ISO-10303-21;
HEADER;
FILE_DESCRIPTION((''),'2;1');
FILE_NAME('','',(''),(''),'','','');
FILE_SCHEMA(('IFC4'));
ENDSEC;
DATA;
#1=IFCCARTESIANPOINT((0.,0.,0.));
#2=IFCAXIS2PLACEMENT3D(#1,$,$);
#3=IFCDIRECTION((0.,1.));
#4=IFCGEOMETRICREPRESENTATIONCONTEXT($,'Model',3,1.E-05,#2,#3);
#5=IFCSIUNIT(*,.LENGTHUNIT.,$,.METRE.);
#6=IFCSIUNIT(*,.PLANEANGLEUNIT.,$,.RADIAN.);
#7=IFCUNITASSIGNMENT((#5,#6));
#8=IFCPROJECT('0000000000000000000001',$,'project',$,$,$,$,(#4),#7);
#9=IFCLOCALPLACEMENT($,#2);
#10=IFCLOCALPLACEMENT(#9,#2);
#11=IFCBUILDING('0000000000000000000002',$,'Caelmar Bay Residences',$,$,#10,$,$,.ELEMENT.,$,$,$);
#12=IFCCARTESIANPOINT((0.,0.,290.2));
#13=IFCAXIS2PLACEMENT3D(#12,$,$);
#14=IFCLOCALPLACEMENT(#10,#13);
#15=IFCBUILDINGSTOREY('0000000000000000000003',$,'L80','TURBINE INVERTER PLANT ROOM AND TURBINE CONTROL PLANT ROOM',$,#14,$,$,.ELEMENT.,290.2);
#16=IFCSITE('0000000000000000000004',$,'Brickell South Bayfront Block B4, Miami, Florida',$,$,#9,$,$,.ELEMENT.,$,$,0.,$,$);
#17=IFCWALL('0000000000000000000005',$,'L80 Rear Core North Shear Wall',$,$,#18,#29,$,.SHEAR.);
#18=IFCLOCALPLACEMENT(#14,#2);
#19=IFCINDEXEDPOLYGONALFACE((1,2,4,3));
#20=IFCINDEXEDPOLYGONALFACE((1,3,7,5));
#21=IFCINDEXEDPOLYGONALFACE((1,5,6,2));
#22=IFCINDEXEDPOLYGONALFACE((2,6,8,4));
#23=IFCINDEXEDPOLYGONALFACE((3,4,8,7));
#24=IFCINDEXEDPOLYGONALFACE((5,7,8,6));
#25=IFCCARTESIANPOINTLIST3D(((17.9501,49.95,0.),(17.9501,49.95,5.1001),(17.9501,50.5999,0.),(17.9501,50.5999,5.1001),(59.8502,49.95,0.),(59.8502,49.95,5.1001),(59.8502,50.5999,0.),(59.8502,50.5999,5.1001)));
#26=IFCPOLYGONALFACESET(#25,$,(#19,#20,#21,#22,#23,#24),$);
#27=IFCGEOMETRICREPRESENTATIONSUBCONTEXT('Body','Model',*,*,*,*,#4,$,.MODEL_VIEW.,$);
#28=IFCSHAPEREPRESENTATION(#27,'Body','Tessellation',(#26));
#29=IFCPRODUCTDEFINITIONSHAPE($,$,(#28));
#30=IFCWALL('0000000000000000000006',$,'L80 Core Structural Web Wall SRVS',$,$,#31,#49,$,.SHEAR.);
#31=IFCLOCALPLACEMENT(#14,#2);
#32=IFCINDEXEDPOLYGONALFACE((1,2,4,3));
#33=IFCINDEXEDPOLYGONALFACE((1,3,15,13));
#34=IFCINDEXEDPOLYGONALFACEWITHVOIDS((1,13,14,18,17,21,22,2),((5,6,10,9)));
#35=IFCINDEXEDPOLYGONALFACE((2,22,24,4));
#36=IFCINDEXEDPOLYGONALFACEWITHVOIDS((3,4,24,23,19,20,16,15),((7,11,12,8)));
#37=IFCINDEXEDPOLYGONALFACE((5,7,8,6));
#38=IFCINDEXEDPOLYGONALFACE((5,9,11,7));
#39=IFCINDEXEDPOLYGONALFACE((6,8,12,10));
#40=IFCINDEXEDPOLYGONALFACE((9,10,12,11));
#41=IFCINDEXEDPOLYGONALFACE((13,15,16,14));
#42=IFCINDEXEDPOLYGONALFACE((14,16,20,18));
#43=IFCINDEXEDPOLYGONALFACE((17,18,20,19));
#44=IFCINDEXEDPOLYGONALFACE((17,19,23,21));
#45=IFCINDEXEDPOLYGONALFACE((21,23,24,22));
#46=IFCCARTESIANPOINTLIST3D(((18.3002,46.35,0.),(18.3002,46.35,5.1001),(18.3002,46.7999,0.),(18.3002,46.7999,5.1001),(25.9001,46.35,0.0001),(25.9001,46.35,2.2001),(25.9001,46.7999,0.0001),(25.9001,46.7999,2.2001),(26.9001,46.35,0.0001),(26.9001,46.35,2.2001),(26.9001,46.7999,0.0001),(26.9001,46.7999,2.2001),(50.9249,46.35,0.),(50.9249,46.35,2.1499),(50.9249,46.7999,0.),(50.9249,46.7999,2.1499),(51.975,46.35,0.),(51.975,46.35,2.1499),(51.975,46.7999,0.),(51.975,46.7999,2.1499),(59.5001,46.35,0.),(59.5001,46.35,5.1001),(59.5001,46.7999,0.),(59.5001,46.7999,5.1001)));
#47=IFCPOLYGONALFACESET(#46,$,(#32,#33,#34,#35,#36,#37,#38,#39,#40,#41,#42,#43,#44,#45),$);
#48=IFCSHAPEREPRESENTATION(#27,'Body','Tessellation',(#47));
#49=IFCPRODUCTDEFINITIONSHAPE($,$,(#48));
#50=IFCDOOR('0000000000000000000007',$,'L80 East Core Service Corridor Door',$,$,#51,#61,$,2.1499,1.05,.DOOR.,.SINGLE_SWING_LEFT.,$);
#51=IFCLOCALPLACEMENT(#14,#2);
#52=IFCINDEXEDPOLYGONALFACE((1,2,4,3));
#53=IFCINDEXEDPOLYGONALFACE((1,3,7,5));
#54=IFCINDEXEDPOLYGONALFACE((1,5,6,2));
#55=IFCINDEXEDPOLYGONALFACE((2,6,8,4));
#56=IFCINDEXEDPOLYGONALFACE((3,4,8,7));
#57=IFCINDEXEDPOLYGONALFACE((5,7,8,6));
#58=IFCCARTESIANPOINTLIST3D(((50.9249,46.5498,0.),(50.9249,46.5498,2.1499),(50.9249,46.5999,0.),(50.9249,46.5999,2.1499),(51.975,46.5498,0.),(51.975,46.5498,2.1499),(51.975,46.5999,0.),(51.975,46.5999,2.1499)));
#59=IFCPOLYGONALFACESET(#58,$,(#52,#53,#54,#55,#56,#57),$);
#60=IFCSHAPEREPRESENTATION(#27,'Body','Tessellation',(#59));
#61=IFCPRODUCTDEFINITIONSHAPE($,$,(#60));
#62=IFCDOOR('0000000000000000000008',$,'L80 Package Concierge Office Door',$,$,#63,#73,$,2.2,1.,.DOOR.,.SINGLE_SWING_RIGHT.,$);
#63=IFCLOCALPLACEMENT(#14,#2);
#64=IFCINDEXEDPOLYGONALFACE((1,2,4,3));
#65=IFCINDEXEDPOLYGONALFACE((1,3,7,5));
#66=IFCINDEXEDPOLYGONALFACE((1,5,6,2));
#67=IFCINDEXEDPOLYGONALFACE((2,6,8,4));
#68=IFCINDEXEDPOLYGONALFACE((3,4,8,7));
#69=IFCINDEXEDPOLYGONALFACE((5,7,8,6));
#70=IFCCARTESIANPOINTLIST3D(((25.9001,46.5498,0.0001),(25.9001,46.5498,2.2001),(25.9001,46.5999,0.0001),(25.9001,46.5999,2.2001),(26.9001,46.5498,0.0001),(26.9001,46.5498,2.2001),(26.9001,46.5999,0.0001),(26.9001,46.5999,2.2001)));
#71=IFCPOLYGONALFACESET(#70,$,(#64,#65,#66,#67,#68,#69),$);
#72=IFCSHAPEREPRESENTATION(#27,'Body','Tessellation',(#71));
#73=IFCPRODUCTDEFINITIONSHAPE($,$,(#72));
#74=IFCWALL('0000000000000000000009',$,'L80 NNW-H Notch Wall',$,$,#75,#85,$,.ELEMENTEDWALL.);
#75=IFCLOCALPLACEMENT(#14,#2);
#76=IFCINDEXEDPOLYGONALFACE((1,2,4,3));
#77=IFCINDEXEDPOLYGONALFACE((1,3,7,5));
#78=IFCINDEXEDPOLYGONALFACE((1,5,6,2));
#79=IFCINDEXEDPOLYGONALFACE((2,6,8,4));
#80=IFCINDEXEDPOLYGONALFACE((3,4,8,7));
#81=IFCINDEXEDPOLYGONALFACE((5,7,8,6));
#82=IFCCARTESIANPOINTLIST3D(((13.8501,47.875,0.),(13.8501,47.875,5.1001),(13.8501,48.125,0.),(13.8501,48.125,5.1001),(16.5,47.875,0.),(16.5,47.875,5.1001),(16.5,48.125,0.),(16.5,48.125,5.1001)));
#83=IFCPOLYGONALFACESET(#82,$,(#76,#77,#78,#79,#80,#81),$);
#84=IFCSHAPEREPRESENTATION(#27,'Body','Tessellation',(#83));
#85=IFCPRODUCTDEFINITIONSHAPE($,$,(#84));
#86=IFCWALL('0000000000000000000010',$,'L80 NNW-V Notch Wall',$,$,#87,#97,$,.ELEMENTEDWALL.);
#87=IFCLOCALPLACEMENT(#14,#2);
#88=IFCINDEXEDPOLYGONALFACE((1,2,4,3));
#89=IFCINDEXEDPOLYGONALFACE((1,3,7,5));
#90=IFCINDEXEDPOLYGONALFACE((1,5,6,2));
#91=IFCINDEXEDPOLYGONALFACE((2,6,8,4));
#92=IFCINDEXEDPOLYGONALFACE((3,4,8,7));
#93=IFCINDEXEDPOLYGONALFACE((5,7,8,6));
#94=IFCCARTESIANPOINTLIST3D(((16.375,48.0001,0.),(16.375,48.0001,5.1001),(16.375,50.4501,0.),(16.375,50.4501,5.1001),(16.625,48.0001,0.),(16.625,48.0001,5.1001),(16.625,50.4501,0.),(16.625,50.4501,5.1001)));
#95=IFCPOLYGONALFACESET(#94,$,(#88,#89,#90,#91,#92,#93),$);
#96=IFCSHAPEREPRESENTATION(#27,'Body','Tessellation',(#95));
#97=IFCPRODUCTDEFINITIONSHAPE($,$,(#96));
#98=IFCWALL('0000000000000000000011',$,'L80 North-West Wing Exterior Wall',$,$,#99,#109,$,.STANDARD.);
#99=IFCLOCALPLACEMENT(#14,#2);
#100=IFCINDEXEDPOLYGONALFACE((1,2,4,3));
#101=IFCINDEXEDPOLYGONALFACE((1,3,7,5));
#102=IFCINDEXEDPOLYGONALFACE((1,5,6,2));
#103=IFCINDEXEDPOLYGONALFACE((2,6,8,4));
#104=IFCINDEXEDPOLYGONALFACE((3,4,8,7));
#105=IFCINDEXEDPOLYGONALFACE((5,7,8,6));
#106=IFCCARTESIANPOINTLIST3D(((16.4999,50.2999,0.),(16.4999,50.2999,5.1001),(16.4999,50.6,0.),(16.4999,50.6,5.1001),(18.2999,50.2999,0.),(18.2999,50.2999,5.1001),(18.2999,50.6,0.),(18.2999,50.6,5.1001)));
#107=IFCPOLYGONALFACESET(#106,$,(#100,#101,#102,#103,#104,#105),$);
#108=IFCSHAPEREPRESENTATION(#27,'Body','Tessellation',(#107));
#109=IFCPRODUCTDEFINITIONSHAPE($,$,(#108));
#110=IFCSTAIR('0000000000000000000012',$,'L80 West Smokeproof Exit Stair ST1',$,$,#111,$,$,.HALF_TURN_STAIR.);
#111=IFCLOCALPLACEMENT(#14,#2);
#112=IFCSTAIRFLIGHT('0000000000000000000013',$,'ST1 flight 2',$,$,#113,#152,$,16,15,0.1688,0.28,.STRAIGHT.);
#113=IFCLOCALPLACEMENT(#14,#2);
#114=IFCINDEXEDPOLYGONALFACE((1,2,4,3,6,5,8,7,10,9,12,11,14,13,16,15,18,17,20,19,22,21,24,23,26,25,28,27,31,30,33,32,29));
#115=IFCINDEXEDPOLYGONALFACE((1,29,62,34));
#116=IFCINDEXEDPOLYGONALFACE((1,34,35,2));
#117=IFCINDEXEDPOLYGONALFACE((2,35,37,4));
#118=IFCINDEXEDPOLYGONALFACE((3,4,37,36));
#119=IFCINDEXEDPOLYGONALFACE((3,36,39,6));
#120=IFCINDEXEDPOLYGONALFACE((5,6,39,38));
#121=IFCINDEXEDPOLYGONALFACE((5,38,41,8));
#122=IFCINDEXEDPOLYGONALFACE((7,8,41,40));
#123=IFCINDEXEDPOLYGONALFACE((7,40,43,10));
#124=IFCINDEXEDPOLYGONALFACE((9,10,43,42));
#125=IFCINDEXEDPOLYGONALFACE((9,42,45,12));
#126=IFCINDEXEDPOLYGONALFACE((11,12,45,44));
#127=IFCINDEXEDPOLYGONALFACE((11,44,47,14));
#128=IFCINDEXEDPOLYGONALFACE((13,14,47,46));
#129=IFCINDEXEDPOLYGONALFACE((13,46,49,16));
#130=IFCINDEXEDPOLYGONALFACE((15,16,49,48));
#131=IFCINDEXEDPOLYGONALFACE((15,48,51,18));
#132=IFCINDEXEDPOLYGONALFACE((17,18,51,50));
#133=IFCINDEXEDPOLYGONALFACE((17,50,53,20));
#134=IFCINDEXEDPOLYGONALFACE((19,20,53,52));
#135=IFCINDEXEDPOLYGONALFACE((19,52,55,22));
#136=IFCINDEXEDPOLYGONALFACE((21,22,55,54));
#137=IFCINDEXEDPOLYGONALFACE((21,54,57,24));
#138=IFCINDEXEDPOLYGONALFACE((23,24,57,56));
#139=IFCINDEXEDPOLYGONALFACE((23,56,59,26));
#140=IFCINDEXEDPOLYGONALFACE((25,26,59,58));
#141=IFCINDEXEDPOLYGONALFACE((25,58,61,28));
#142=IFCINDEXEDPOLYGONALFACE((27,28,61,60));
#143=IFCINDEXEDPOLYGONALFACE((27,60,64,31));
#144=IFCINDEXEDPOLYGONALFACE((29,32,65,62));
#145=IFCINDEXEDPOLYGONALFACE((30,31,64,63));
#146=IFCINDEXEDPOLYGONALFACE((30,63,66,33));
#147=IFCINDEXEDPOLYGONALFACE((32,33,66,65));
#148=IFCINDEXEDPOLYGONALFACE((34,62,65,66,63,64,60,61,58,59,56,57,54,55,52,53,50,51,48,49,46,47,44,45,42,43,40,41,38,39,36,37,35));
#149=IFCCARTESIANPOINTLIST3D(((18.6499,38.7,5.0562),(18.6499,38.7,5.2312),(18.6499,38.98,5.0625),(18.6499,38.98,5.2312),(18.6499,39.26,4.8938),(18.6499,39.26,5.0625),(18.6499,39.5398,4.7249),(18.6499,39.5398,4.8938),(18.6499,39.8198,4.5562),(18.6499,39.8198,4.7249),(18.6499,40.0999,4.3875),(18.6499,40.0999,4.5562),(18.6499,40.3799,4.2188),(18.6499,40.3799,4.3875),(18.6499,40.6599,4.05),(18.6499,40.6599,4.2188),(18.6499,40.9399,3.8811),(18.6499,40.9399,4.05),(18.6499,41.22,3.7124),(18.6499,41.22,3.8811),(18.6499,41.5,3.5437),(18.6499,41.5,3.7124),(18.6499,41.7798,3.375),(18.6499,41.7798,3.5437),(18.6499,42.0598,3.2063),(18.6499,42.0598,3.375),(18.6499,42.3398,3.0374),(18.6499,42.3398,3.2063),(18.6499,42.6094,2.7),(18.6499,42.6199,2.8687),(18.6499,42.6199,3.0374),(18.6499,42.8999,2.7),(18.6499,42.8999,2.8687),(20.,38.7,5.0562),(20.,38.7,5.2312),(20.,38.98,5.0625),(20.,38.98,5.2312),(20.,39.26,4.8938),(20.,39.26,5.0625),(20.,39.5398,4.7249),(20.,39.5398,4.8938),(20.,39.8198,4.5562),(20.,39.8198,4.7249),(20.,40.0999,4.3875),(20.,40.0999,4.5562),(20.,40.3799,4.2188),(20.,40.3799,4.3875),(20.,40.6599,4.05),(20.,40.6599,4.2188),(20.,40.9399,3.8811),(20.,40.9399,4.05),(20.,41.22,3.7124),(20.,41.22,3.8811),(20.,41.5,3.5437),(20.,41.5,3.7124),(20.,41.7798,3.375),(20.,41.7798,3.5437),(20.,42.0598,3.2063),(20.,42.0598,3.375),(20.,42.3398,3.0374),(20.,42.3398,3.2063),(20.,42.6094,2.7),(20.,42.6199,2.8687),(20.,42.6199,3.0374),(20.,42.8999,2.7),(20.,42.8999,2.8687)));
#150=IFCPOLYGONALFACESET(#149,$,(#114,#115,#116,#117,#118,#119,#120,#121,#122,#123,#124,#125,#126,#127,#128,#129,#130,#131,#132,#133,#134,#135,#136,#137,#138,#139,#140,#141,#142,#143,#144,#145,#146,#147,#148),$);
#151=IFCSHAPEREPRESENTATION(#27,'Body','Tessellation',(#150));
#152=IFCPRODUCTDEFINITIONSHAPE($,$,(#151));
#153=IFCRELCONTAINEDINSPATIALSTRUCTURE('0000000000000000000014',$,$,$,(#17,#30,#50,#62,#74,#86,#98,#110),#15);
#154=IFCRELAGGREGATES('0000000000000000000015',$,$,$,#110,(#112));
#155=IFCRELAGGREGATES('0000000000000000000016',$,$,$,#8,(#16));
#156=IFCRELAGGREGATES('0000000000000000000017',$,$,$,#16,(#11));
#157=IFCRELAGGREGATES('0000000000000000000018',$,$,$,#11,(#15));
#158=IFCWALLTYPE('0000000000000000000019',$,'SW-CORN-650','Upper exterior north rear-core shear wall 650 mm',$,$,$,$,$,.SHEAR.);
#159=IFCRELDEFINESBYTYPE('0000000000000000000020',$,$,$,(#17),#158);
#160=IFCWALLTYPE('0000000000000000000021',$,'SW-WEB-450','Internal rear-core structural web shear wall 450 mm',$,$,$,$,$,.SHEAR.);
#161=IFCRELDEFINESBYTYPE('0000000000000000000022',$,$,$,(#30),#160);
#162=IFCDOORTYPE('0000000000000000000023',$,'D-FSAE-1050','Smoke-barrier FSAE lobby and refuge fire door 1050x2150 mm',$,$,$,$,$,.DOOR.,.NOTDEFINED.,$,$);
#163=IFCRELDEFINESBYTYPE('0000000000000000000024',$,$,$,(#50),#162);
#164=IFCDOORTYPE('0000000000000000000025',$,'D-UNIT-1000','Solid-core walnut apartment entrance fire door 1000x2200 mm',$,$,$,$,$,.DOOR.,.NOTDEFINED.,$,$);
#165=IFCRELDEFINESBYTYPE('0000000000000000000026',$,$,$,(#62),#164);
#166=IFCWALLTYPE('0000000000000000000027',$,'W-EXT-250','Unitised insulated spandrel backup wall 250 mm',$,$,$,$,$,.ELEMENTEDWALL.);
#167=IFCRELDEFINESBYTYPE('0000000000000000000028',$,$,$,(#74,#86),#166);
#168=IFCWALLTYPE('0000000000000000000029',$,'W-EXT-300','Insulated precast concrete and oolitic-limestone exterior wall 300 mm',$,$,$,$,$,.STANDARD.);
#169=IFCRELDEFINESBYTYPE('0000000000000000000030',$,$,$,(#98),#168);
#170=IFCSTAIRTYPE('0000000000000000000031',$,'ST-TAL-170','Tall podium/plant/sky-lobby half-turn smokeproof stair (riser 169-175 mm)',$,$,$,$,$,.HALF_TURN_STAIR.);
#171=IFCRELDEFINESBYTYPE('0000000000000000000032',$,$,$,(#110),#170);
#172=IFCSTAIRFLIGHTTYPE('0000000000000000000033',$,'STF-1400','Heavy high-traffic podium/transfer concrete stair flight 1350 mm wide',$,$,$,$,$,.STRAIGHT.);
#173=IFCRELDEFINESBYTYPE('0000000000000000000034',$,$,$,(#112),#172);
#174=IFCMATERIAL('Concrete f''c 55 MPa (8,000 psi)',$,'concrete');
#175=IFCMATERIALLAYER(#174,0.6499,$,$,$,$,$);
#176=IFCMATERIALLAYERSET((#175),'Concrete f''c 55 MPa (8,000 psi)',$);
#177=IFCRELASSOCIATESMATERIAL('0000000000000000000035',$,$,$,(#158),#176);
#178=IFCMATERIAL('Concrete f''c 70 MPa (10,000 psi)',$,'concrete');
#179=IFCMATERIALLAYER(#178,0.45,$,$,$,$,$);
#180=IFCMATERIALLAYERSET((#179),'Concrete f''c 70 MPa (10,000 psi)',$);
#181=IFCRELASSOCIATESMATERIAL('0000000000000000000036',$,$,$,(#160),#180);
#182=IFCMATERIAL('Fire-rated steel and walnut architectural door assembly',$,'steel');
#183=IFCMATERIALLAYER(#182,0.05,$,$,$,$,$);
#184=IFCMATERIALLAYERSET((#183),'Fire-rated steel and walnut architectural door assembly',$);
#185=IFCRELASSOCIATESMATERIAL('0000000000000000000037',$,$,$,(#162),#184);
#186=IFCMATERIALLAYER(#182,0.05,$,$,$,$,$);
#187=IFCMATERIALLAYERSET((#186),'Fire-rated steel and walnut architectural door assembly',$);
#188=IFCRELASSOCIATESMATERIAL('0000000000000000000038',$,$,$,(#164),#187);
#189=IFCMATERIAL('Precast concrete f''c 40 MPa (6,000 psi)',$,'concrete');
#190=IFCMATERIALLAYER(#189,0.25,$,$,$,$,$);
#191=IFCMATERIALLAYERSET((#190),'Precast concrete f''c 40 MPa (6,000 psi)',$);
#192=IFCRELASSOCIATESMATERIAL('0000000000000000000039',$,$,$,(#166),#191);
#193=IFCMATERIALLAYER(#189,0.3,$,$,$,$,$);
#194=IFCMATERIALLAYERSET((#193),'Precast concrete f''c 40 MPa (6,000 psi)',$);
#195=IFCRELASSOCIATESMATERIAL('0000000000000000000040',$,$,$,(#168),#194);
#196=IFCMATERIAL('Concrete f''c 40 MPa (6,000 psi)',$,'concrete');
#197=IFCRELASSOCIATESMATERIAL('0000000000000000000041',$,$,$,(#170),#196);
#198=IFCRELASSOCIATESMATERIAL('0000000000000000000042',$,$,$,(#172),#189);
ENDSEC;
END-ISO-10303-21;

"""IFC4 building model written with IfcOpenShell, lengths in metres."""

from ifc_helpers import new_model, si_unit, direction, frame, frame_2d, origin, place, context, subcontext, project, spatial, polyline, rectangle, outline, extrude, material, layer, layer_set, type_object, element, fill, aggregate, save


model = new_model("IFC4")

# Units and contexts
model_context = context("Model", 3, precision=1e-05, world=origin(), true_north=direction((0.0, 1.0)))
body_context = subcontext(model_context, "Body", "Model", "MODEL_VIEW")
ifc_project = project(units=[si_unit("LENGTHUNIT", "METRE"), si_unit("PLANEANGLEUNIT", "RADIAN")], contexts=[model_context])

# Site, building, storey
site_placement = place(None, origin())
site = spatial("IfcSite", under=ifc_project, at=site_placement, Name="Brickell South Bayfront Block B4, Miami, Florida", CompositionType="ELEMENT", RefElevation=0.0)
building_placement = place(site_placement, origin())
building = spatial("IfcBuilding", under=site, at=building_placement, Name="Caelmar Bay Residences", CompositionType="ELEMENT")
storey_placement = place(building_placement, frame((0.0, 0.0, 290.2)))
storey = spatial("IfcBuildingStorey", under=building, at=storey_placement, Name="L80", Description="TURBINE INVERTER PLANT ROOM AND TURBINE CONTROL PLANT ROOM", CompositionType="ELEMENT", Elevation=290.2)

# Wall
ifc_material_1 = material(Name="Concrete f'c 55 MPa (8,000 psi)", Category="concrete")
ifc_layer_1 = layer(ifc_material_1, 0.6499)
ifc_layer_set_1 = layer_set([ifc_layer_1], Name="Concrete f'c 55 MPa (8,000 psi)")
wall_type_1 = type_object("IfcWallType", Name="SW-CORN-650", Description="Upper exterior north rear-core shear wall 650 mm", PredefinedType="SHEAR", material=ifc_layer_set_1)
wall_1_placement = place(storey_placement, frame((17.95, 50.2749, 0.0), z_axis=(0.0, 0.0, 1.0), x_axis=(1.0, 0.0, 0.0)))
element("IfcWall", 1, at=wall_1_placement, inside=storey, type_object=wall_type_1, Name="L80 Rear Core North Shear Wall", PredefinedType="SHEAR", context=body_context, shape_type="SweptSolid", body=[
    extrude(rectangle(XDim=41.9001, YDim=0.6499, at=frame_2d((20.9502, 0.0))), origin(), (0.0, 0.0, 1.0), 5.1001),
])

# Wall, openings, doors
ifc_material_2 = material(Name="Concrete f'c 70 MPa (10,000 psi)", Category="concrete")
ifc_layer_2 = layer(ifc_material_2, 0.45)
ifc_layer_set_2 = layer_set([ifc_layer_2], Name="Concrete f'c 70 MPa (10,000 psi)")
wall_type_2 = type_object("IfcWallType", Name="SW-WEB-450", Description="Internal rear-core structural web shear wall 450 mm", PredefinedType="SHEAR", material=ifc_layer_set_2)
wall_2_placement = place(storey_placement, frame((18.3, 46.575, 0.0), z_axis=(0.0, 0.0, 1.0), x_axis=(1.0, 0.0, 0.0)))
wall_2 = element("IfcWall", 2, at=wall_2_placement, inside=storey, type_object=wall_type_2, Name="L80 Core Structural Web Wall SRVS", PredefinedType="SHEAR", context=body_context, shape_type="SweptSolid", body=[
    extrude(rectangle(XDim=41.2, YDim=0.45, at=frame_2d((20.6001, 0.0))), origin(), (0.0, 0.0, 1.0), 5.1001),
])
opening_1_placement = place(wall_2_placement, frame((7.6001, 0.0, 0.0)))
opening_1 = element("IfcOpeningElement", 3, at=opening_1_placement, cuts=wall_2, PredefinedType="OPENING", context=body_context, shape_type="SweptSolid", body=[
    extrude(rectangle(XDim=1.0, YDim=2.2, at=frame_2d((0.5, 1.1001))), frame((0.0, 0.2349, 0.0), z_axis=(0.0, -1.0, 0.0), x_axis=(1.0, 0.0, 0.0)), (0.0, 0.0, 1.0), 0.47),
])
opening_2_placement = place(wall_2_placement, frame((32.625, 0.0, 0.0)))
opening_2 = element("IfcOpeningElement", 4, at=opening_2_placement, cuts=wall_2, PredefinedType="OPENING", context=body_context, shape_type="SweptSolid", body=[
    extrude(rectangle(XDim=1.05, YDim=2.1499, at=frame_2d((0.5249, 1.075))), frame((0.0, 0.2349, 0.0), z_axis=(0.0, -1.0, 0.0), x_axis=(1.0, 0.0, 0.0)), (0.0, 0.0, 1.0), 0.47),
])
ifc_material_3 = material(Name="Fire-rated steel and walnut architectural door assembly", Category="steel")
ifc_layer_3 = layer(ifc_material_3, 0.05)
ifc_layer_set_3 = layer_set([ifc_layer_3], Name="Fire-rated steel and walnut architectural door assembly")
door_type_1 = type_object("IfcDoorType", Name="D-FSAE-1050", Description="Smoke-barrier FSAE lobby and refuge fire door 1050x2150 mm", OperationType="NOTDEFINED", PredefinedType="DOOR", material=ifc_layer_set_3)
door_1_placement = place(opening_2_placement, origin())
door_1 = element("IfcDoor", 5, at=door_1_placement, inside=storey, type_object=door_type_1, Name="L80 East Core Service Corridor Door", OperationType="SINGLE_SWING_LEFT", OverallHeight=2.1499, OverallWidth=1.05, PredefinedType="DOOR", context=body_context, shape_type="SweptSolid", body=[
    extrude(rectangle(XDim=1.05, YDim=2.1499, at=frame_2d((0.5249, 1.075))), frame((0.0, 0.0249, 0.0), z_axis=(0.0, -1.0, 0.0), x_axis=(1.0, 0.0, 0.0)), (0.0, 0.0, 1.0), 0.05),
])
fill(opening_2, door_1)
ifc_layer_4 = layer(ifc_material_3, 0.05)
ifc_layer_set_4 = layer_set([ifc_layer_4], Name="Fire-rated steel and walnut architectural door assembly")
door_type_2 = type_object("IfcDoorType", Name="D-UNIT-1000", Description="Solid-core walnut apartment entrance fire door 1000x2200 mm", OperationType="NOTDEFINED", PredefinedType="DOOR", material=ifc_layer_set_4)
door_2_placement = place(opening_1_placement, origin())
door_2 = element("IfcDoor", 6, at=door_2_placement, inside=storey, type_object=door_type_2, Name="L80 Package Concierge Office Door", OperationType="SINGLE_SWING_RIGHT", OverallHeight=2.2, OverallWidth=1.0, PredefinedType="DOOR", context=body_context, shape_type="SweptSolid", body=[
    extrude(rectangle(XDim=1.0, YDim=2.2, at=frame_2d((0.5, 1.1001))), frame((0.0, 0.0249, 0.0), z_axis=(0.0, -1.0, 0.0), x_axis=(1.0, 0.0, 0.0)), (0.0, 0.0, 1.0), 0.05),
])
fill(opening_1, door_2)

# Walls
ifc_material_4 = material(Name="Precast concrete f'c 40 MPa (6,000 psi)", Category="concrete")
ifc_layer_5 = layer(ifc_material_4, 0.25)
ifc_layer_set_5 = layer_set([ifc_layer_5], Name="Precast concrete f'c 40 MPa (6,000 psi)")
wall_type_3 = type_object("IfcWallType", Name="W-EXT-250", Description="Unitised insulated spandrel backup wall 250 mm", PredefinedType="ELEMENTEDWALL", material=ifc_layer_set_5)
wall_3_placement = place(storey_placement, frame((13.8501, 48.0, 0.0), z_axis=(0.0, 0.0, 1.0), x_axis=(1.0, 0.0, 0.0)))
element("IfcWall", 7, at=wall_3_placement, inside=storey, type_object=wall_type_3, Name="L80 NNW-H Notch Wall", PredefinedType="ELEMENTEDWALL", context=body_context, shape_type="SweptSolid", body=[
    extrude(rectangle(XDim=2.6499, YDim=0.25, at=frame_2d((1.325, 0.0))), origin(), (0.0, 0.0, 1.0), 5.1001),
])
wall_4_placement = place(storey_placement, frame((16.5, 48.0, 0.0), z_axis=(0.0, 0.0, 1.0), x_axis=(0.0, 1.0, 0.0)))
element("IfcWall", 8, at=wall_4_placement, inside=storey, type_object=wall_type_3, Name="L80 NNW-V Notch Wall", PredefinedType="ELEMENTEDWALL", context=body_context, shape_type="SweptSolid", body=[
    extrude(rectangle(XDim=2.45, YDim=0.25, at=frame_2d((1.2251, 0.0))), origin(), (0.0, 0.0, 1.0), 5.1001),
])
ifc_layer_6 = layer(ifc_material_4, 0.3)
ifc_layer_set_6 = layer_set([ifc_layer_6], Name="Precast concrete f'c 40 MPa (6,000 psi)")
wall_type_4 = type_object("IfcWallType", Name="W-EXT-300", Description="Insulated precast concrete and oolitic-limestone exterior wall 300 mm", PredefinedType="STANDARD", material=ifc_layer_set_6)
wall_5_placement = place(storey_placement, frame((16.5, 50.45, 0.0), z_axis=(0.0, 0.0, 1.0), x_axis=(1.0, 0.0, 0.0)))
element("IfcWall", 9, at=wall_5_placement, inside=storey, type_object=wall_type_4, Name="L80 North-West Wing Exterior Wall", PredefinedType="STANDARD", context=body_context, shape_type="SweptSolid", body=[
    extrude(rectangle(XDim=1.8, YDim=0.3, at=frame_2d((0.8999, 0.0))), origin(), (0.0, 0.0, 1.0), 5.1001),
])

# Stair, stair flight
ifc_material_5 = material(Name="Concrete f'c 40 MPa (6,000 psi)", Category="concrete")
stair_type = type_object("IfcStairType", Name="ST-TAL-170", Description="Tall podium/plant/sky-lobby half-turn smokeproof stair (riser 169-175 mm)", PredefinedType="HALF_TURN_STAIR", material=ifc_material_5)
stair_placement = place(storey_placement, origin())
stair = element("IfcStair", 10, at=stair_placement, inside=storey, type_object=stair_type, Name="L80 West Smokeproof Exit Stair ST1", PredefinedType="HALF_TURN_STAIR")
stair_flight_type = type_object("IfcStairFlightType", Name="STF-1400", Description="Heavy high-traffic podium/transfer concrete stair flight 1350 mm wide", PredefinedType="STRAIGHT", material=ifc_material_4)
stair_flight_placement = place(storey_placement, frame((19.325, 42.8999, 2.7), z_axis=(0.0, 0.0, 1.0), x_axis=(0.0, -1.0, 0.0)))
stair_flight = element("IfcStairFlight", 11, at=stair_flight_placement, type_object=stair_flight_type, Name="ST1 flight 2", NumberOfRisers=16, NumberOfTreads=15, PredefinedType="STRAIGHT", RiserHeight=0.1688, TreadLength=0.28, context=body_context, shape_type="SweptSolid", body=[
    extrude(outline(polyline([(0.0, 0.0), (0.0, 0.1687), (0.28, 0.1687), (0.28, 0.3374), (0.5601, 0.3374), (0.5601, 0.5063), (0.8401, 0.5063), (0.8401, 0.675), (1.1201, 0.675), (1.1201, 0.8438), (1.3999, 0.8438), (1.3999, 1.0125), (1.6799, 1.0125), (1.6799, 1.1812), (1.96, 1.1812), (1.96, 1.3501), (2.24, 1.3501), (2.24, 1.5188), (2.52, 1.5188), (2.52, 1.6875), (2.8, 1.6875), (2.8, 1.8562), (3.0801, 1.8562), (3.0801, 2.0249), (3.3601, 2.0249), (3.3601, 2.1938), (3.6399, 2.1938), (3.6399, 2.3625), (3.9199, 2.3625), (3.9199, 2.5312), (4.2, 2.5312), (4.2, 2.7), (4.2, 2.3562), (0.2905, 0.0), (0.0, 0.0)])), frame((0.0, 0.675, 0.0), z_axis=(0.0, -1.0, 0.0), x_axis=(1.0, 0.0, 0.0)), (0.0, 0.0, 1.0), 1.3501),
])
aggregate(stair, [stair_flight])

save(model, "model.ifc")
